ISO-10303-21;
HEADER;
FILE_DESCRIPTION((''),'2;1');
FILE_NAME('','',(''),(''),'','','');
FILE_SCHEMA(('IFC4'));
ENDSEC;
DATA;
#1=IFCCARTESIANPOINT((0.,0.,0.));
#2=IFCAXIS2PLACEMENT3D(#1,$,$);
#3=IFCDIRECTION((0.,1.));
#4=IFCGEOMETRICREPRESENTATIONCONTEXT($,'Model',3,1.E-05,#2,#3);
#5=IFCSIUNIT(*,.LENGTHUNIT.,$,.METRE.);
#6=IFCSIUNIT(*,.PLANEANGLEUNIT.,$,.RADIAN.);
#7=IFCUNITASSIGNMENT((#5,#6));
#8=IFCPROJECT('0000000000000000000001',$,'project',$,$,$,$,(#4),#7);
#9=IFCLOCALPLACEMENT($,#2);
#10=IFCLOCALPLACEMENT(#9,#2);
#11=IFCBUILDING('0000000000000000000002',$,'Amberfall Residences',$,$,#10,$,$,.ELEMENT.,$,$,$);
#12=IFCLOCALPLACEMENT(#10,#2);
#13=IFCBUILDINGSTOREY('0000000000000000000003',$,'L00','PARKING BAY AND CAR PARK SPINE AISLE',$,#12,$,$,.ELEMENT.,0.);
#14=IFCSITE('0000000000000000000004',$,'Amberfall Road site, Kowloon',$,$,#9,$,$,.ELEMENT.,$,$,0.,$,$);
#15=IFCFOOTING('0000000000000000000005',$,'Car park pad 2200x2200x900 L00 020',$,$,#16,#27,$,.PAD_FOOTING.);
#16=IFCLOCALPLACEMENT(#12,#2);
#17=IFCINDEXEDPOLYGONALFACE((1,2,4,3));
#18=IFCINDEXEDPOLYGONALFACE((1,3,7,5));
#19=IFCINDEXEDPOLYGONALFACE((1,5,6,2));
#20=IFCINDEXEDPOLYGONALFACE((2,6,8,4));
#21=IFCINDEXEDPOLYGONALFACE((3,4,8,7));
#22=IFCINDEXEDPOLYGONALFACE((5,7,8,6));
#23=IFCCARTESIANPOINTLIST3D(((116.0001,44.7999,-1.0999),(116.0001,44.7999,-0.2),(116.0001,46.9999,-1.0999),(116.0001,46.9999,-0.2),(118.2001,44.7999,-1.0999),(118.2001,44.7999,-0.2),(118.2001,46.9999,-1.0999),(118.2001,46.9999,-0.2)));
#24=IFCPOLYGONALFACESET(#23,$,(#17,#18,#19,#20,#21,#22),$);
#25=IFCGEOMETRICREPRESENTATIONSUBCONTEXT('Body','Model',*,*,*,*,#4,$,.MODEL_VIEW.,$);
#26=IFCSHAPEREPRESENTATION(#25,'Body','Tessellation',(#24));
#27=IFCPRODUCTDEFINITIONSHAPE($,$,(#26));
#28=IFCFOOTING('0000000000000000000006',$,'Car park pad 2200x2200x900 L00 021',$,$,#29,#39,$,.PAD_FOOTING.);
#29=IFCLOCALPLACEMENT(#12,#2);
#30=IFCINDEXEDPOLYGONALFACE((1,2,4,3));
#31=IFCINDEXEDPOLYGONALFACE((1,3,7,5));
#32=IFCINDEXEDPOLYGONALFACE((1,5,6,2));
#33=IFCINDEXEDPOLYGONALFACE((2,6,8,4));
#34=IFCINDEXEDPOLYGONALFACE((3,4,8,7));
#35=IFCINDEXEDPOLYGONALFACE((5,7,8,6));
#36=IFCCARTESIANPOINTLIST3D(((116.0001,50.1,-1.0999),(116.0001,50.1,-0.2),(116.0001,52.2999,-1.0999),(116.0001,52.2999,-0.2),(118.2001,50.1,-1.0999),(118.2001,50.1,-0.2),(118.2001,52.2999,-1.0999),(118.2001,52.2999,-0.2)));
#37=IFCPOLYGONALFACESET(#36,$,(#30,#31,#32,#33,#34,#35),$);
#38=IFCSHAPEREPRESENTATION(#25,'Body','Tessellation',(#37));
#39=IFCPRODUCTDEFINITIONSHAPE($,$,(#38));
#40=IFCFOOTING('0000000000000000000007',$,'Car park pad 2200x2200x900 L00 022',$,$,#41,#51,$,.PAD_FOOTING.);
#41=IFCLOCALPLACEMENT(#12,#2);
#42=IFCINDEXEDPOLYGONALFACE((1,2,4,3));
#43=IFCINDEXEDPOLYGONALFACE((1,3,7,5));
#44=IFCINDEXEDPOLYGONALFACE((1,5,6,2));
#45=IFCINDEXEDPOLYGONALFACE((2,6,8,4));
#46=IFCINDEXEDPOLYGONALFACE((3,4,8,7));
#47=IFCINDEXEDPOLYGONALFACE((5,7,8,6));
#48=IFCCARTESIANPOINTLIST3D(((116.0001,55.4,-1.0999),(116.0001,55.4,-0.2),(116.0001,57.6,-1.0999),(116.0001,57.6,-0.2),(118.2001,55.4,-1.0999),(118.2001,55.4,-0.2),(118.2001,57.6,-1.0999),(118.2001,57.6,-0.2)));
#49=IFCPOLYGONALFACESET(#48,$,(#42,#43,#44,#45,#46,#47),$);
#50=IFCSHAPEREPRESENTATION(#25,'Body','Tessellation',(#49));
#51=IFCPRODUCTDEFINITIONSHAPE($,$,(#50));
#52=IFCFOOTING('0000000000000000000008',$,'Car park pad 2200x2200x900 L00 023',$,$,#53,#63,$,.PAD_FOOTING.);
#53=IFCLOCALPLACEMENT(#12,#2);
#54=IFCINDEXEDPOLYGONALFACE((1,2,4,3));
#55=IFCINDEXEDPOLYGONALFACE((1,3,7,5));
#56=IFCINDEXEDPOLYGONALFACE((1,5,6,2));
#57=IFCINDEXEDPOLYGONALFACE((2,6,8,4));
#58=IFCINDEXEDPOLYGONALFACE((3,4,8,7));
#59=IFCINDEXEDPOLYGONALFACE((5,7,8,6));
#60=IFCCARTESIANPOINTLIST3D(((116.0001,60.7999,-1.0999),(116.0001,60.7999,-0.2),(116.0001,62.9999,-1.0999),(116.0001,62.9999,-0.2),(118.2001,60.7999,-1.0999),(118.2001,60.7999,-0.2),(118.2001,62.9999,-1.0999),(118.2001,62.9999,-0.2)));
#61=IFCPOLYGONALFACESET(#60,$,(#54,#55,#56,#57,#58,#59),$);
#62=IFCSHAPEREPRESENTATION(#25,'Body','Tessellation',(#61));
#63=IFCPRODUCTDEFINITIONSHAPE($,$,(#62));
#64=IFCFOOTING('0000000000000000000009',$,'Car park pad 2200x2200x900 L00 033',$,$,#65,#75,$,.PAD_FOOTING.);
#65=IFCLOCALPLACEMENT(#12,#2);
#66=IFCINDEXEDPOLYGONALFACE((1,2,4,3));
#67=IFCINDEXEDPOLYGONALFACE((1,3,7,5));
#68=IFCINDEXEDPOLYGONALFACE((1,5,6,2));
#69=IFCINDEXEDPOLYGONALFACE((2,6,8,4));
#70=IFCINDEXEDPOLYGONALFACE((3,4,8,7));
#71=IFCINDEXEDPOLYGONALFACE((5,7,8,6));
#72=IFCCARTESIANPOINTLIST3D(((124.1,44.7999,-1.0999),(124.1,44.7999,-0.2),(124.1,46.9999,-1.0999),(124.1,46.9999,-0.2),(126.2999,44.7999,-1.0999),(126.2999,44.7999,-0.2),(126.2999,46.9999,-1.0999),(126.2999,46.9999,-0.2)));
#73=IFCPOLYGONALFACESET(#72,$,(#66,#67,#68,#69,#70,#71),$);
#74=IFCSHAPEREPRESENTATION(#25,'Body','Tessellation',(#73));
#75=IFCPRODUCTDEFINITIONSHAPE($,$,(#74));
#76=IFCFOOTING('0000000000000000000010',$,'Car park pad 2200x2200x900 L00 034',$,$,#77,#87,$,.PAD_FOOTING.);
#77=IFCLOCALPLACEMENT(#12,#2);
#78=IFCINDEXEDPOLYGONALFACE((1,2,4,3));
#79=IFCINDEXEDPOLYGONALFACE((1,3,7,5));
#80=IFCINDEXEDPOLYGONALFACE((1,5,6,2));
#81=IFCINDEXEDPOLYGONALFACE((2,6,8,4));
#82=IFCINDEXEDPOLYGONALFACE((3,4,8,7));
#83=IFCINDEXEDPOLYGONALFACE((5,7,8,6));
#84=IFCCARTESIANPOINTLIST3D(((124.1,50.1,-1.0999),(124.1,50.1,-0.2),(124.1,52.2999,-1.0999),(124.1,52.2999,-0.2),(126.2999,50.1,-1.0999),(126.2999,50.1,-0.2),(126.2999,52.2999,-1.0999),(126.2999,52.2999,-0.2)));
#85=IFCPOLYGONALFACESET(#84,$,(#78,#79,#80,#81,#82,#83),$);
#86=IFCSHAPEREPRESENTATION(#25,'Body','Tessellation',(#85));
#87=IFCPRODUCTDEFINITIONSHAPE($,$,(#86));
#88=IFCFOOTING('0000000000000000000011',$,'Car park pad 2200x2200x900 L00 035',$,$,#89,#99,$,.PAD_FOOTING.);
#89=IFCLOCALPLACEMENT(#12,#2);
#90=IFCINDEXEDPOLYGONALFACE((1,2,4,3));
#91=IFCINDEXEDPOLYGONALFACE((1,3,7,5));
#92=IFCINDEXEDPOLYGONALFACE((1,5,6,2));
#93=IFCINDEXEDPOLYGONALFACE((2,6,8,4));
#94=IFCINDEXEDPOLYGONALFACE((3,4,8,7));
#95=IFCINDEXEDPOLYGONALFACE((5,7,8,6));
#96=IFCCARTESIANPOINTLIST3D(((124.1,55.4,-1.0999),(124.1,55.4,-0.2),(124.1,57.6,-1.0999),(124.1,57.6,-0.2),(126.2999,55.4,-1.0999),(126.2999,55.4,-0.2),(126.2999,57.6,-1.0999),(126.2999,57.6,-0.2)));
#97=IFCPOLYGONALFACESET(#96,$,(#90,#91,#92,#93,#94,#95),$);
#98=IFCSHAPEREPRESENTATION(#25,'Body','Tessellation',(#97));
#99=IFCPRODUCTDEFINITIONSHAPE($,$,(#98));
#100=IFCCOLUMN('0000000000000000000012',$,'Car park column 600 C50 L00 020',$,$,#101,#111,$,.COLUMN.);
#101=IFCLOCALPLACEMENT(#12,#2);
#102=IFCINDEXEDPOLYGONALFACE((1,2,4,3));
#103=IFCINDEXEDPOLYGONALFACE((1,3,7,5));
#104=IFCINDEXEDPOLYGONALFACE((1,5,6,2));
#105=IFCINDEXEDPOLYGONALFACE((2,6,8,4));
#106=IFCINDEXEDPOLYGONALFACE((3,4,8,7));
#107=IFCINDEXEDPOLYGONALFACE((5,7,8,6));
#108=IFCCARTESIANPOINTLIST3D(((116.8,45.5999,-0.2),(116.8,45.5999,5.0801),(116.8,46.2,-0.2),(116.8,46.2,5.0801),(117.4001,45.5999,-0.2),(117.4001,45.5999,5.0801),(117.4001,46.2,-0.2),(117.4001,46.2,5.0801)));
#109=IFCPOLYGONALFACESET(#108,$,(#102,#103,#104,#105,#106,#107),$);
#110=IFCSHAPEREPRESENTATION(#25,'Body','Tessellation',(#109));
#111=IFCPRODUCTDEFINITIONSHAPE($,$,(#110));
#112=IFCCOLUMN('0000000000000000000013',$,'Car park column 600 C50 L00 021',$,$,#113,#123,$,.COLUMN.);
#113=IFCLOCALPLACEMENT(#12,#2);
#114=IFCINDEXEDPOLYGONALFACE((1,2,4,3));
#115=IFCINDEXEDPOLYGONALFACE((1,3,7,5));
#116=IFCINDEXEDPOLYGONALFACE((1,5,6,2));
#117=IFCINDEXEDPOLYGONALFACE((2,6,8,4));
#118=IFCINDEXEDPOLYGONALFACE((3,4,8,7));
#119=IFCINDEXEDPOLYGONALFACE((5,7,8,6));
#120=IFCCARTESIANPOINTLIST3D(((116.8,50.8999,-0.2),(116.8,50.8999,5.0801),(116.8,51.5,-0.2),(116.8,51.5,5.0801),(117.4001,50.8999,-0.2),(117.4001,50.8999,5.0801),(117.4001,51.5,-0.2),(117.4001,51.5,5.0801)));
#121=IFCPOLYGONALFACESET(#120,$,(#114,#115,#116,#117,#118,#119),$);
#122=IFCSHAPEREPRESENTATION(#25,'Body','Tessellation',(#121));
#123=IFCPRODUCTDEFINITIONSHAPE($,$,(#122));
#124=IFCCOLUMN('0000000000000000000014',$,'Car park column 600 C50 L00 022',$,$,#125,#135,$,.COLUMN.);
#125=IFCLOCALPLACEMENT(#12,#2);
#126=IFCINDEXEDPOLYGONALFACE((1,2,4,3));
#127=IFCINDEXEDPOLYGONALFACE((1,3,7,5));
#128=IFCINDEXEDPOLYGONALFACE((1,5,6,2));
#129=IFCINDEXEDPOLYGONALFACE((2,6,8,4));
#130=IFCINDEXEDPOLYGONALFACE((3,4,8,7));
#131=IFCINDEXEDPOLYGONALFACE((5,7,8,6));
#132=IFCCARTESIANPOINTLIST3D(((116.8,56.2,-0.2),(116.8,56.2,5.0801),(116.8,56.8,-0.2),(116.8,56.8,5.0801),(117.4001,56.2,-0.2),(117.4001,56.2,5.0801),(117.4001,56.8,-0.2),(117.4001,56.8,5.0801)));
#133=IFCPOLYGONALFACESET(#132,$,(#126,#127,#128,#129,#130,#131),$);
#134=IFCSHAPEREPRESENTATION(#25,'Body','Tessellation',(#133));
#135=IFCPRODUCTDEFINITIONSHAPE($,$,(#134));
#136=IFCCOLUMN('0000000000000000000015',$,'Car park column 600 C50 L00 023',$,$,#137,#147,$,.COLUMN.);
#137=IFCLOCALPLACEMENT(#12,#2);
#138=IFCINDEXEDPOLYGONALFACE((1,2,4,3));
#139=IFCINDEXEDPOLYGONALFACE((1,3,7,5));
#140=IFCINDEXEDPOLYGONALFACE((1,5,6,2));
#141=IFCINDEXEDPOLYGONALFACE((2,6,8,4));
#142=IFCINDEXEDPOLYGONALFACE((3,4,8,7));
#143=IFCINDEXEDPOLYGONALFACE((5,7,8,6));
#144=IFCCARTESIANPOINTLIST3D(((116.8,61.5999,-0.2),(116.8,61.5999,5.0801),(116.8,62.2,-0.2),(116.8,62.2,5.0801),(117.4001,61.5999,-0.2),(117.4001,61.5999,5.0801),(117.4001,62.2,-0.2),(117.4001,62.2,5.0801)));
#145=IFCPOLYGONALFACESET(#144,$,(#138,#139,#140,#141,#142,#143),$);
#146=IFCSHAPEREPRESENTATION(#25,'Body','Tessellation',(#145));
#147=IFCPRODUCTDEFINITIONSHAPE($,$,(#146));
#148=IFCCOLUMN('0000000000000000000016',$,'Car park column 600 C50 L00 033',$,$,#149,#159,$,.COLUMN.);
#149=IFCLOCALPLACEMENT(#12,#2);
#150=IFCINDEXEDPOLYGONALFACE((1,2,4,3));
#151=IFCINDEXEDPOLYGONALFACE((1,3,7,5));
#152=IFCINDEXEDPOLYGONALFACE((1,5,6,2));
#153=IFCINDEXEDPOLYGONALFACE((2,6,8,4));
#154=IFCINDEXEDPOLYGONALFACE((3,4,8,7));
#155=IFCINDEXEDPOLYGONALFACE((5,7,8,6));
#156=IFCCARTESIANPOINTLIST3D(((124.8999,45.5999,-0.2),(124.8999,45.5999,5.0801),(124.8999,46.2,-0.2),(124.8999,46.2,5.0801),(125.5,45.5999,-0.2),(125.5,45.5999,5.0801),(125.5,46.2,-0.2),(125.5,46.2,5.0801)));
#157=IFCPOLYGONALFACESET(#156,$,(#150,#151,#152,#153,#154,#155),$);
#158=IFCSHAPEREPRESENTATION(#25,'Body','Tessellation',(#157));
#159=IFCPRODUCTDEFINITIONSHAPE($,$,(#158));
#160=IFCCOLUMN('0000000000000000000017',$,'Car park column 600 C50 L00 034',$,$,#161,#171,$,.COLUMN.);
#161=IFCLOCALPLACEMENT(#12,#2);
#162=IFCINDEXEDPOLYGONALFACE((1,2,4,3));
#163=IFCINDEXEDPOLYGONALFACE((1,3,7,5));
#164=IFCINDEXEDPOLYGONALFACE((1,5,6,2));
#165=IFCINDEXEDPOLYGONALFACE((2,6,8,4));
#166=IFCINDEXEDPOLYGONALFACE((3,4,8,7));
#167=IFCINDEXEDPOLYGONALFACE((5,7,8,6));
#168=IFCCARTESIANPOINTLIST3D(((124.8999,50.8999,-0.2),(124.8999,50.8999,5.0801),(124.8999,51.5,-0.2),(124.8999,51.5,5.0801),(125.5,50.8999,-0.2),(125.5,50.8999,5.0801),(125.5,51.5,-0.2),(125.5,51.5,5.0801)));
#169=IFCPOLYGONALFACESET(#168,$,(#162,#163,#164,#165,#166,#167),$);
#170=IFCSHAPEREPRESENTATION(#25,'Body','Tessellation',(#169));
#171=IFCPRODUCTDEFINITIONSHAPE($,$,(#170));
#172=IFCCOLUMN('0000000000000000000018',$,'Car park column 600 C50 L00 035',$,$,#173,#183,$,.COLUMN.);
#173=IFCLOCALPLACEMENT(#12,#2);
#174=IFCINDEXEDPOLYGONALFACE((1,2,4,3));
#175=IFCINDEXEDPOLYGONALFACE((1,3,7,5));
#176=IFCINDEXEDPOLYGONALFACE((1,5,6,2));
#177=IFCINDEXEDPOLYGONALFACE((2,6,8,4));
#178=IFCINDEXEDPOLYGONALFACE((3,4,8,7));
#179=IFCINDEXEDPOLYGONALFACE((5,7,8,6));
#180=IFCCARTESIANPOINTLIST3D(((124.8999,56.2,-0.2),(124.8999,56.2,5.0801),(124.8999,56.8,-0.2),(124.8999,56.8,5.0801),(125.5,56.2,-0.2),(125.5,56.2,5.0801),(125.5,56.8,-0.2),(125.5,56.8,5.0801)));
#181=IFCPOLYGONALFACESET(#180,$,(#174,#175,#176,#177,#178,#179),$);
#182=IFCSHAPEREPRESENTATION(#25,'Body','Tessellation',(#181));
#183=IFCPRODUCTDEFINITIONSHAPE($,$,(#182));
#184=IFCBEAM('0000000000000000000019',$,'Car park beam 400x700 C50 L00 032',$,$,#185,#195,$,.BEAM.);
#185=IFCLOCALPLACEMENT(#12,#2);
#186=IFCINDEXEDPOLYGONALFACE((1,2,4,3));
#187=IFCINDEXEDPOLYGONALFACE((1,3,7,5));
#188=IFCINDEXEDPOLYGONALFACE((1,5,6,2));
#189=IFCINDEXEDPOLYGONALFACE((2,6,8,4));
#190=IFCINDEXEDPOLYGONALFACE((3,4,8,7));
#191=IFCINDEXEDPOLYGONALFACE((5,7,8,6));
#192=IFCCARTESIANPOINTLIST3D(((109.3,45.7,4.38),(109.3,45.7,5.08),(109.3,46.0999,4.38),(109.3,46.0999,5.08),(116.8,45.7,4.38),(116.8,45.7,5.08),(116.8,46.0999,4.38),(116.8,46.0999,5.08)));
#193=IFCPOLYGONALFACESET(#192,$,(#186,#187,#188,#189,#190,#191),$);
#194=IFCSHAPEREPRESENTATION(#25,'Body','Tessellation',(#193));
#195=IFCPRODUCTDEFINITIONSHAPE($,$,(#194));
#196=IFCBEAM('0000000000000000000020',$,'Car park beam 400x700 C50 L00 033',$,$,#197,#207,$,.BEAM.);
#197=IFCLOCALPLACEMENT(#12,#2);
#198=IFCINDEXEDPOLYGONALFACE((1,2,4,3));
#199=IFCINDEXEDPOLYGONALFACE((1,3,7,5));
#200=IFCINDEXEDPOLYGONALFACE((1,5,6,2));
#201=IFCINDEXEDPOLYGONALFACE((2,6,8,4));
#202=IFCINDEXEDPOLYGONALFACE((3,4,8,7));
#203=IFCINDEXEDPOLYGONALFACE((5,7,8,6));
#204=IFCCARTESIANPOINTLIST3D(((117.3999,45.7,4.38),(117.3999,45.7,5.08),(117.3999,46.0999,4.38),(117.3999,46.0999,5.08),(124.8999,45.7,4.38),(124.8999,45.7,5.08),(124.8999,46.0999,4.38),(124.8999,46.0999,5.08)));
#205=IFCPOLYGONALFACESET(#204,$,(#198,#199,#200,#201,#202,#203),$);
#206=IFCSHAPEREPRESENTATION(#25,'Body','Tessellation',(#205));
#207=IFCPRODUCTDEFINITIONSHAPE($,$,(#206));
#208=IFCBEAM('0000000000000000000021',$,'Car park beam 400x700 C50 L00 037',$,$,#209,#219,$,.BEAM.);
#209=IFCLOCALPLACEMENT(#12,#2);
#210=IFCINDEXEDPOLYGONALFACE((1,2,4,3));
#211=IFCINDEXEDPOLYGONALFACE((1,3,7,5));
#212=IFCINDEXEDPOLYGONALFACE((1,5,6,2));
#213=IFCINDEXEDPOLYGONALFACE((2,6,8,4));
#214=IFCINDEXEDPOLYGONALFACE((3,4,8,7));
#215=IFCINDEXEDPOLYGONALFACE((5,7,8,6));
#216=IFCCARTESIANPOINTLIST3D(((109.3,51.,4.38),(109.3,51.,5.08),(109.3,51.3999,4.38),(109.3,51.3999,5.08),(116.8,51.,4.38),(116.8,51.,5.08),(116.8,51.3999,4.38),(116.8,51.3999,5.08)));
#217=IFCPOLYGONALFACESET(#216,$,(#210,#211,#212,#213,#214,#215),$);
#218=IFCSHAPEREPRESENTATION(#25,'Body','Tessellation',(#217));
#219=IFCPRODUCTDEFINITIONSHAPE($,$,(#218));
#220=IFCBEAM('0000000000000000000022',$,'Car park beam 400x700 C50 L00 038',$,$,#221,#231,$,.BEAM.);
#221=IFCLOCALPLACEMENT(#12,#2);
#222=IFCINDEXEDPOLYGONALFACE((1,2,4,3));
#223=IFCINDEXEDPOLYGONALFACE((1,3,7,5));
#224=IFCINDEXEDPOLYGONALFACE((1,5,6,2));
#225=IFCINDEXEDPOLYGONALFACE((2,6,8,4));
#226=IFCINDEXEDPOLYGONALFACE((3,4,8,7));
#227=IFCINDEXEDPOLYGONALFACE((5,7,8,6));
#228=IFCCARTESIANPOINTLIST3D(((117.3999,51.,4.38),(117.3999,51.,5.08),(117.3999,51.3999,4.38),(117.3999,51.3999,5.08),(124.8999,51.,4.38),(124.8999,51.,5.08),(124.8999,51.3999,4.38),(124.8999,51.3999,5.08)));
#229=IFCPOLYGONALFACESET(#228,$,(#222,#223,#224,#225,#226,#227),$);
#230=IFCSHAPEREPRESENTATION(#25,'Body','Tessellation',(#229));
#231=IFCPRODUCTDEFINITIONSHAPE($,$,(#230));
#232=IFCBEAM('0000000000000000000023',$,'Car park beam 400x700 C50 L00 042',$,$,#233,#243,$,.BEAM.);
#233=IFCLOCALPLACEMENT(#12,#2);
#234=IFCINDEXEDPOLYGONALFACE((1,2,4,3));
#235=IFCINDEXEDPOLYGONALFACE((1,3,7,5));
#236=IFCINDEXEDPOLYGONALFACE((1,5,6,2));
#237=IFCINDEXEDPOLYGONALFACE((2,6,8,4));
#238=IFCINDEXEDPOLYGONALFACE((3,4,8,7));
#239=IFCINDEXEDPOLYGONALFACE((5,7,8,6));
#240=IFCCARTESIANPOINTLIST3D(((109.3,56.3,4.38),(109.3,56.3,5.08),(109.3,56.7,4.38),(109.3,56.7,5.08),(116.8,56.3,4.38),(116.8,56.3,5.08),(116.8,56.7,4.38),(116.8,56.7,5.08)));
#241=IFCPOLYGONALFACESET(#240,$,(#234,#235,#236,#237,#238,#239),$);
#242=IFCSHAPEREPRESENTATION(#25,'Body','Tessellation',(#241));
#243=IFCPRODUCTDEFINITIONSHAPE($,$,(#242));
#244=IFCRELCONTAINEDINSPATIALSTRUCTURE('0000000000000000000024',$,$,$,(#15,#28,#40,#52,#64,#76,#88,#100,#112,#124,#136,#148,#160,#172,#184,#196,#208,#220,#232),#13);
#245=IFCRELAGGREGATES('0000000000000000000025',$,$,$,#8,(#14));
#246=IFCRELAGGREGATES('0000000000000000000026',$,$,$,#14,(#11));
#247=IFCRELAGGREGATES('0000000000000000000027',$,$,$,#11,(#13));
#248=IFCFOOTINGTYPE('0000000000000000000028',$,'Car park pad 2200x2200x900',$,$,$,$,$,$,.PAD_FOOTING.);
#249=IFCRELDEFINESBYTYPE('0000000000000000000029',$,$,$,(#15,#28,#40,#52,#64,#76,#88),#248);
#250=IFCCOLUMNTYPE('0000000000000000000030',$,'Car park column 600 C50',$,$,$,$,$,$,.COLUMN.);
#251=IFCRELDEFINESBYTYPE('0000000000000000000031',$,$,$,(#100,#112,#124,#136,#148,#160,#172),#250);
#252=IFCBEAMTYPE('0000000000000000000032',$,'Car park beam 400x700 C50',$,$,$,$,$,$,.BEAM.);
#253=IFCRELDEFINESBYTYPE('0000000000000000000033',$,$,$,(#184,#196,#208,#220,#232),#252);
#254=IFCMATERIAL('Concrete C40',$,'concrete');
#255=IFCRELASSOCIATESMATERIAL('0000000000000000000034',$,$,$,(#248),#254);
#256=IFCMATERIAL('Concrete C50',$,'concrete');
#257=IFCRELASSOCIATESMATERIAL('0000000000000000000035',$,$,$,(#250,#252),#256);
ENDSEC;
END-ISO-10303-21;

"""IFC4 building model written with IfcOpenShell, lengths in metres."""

from ifc_helpers import new_model, si_unit, direction, frame, origin, origin_2d, place, context, subcontext, project, spatial, rectangle, extrude, material, material_profile, profile_set, type_object, element, save


model = new_model("IFC4")

# Units and contexts
model_context = context("Model", 3, precision=1e-05, world=origin(), true_north=direction((0.0, 1.0)))
body_context = subcontext(model_context, "Body", "Model", "MODEL_VIEW")
ifc_project = project(units=[si_unit("LENGTHUNIT", "METRE"), si_unit("PLANEANGLEUNIT", "RADIAN")], contexts=[model_context])

# Site, building, storey
site_placement = place(None, origin())
site = spatial("IfcSite", under=ifc_project, at=site_placement, Name="Amberfall Road site, Kowloon", CompositionType="ELEMENT", RefElevation=0.0)
building_placement = place(site_placement, origin())
building = spatial("IfcBuilding", under=site, at=building_placement, Name="Amberfall Residences", CompositionType="ELEMENT")
storey_placement = place(building_placement, origin())
storey = spatial("IfcBuildingStorey", under=building, at=storey_placement, Name="L00", Description="PARKING BAY AND CAR PARK SPINE AISLE", CompositionType="ELEMENT", Elevation=0.0)

# Footings
ifc_material_1 = material(Name="Concrete C40", Category="concrete")
footing_type = type_object("IfcFootingType", Name="Car park pad 2200x2200x900", PredefinedType="PAD_FOOTING", material=ifc_material_1)
for number, where, z_axis, x_axis, name in (
    (1, (117.1001, 45.8999, -1.0999), (0.0, 0.0, 1.0), (1.0, 0.0, 0.0), "Car park pad 2200x2200x900 L00 020"),
    (2, (117.1001, 51.2, -1.0999), (0.0, 0.0, 1.0), (1.0, 0.0, 0.0), "Car park pad 2200x2200x900 L00 021"),
    (3, (117.1001, 56.5, -1.0999), (0.0, 0.0, 1.0), (1.0, 0.0, 0.0), "Car park pad 2200x2200x900 L00 022"),
    (4, (117.1001, 61.8999, -1.0999), (0.0, 0.0, 1.0), (1.0, 0.0, 0.0), "Car park pad 2200x2200x900 L00 023"),
    (5, (125.2, 45.8999, -1.0999), (0.0, 0.0, 1.0), (1.0, 0.0, 0.0), "Car park pad 2200x2200x900 L00 033"),
    (6, (125.2, 51.2, -1.0999), (0.0, 0.0, 1.0), (1.0, 0.0, 0.0), "Car park pad 2200x2200x900 L00 034"),
    (7, (125.2, 56.5, -1.0999), (0.0, 0.0, 1.0), (1.0, 0.0, 0.0), "Car park pad 2200x2200x900 L00 035"),
):
    element("IfcFooting", number, at=place(storey_placement, frame(where, z_axis=z_axis, x_axis=x_axis)), inside=storey, type_object=footing_type, Name=name, PredefinedType="PAD_FOOTING", context=body_context, shape_type="SweptSolid", body=[
        extrude(rectangle(XDim=2.2, YDim=2.2, at=origin_2d()), origin(), (0.0, 0.0, 1.0), 0.8999),
    ])

# Columns
ifc_material_2 = material(Name="Concrete C50", Category="concrete")
ifc_material_profile_1 = material_profile(ifc_material_2, rectangle(XDim=0.6001, YDim=0.6001, at=origin_2d()), Name="RC 600x600")
ifc_profile_set_1 = profile_set([ifc_material_profile_1], Name="Concrete C50")
column_type = type_object("IfcColumnType", Name="Car park column 600 C50", PredefinedType="COLUMN", material=ifc_profile_set_1)
for number, where, z_axis, x_axis, name in (
    (8, (117.1001, 45.8999, -0.2), (0.0, 0.0, 1.0), (1.0, 0.0, 0.0), "Car park column 600 C50 L00 020"),
    (9, (117.1001, 51.2, -0.2), (0.0, 0.0, 1.0), (1.0, 0.0, 0.0), "Car park column 600 C50 L00 021"),
    (10, (117.1001, 56.5, -0.2), (0.0, 0.0, 1.0), (1.0, 0.0, 0.0), "Car park column 600 C50 L00 022"),
    (11, (117.1001, 61.8999, -0.2), (0.0, 0.0, 1.0), (1.0, 0.0, 0.0), "Car park column 600 C50 L00 023"),
    (12, (125.2, 45.8999, -0.2), (0.0, 0.0, 1.0), (1.0, 0.0, 0.0), "Car park column 600 C50 L00 033"),
    (13, (125.2, 51.2, -0.2), (0.0, 0.0, 1.0), (1.0, 0.0, 0.0), "Car park column 600 C50 L00 034"),
    (14, (125.2, 56.5, -0.2), (0.0, 0.0, 1.0), (1.0, 0.0, 0.0), "Car park column 600 C50 L00 035"),
):
    element("IfcColumn", number, at=place(storey_placement, frame(where, z_axis=z_axis, x_axis=x_axis)), inside=storey, type_object=column_type, Name=name, PredefinedType="COLUMN", context=body_context, shape_type="SweptSolid", body=[
        extrude(rectangle(XDim=0.6001, YDim=0.6001, at=origin_2d()), origin(), (0.0, 0.0, 1.0), 5.28),
    ])

# Beams
ifc_material_profile_2 = material_profile(ifc_material_2, rectangle(XDim=0.3999, YDim=0.7, at=origin_2d()), Name="RC 400x700")
ifc_profile_set_2 = profile_set([ifc_material_profile_2], Name="Concrete C50")
beam_type = type_object("IfcBeamType", Name="Car park beam 400x700 C50", PredefinedType="BEAM", material=ifc_profile_set_2)
for number, where, z_axis, x_axis, name in (
    (15, (109.3, 45.8999, 4.73), (1.0, 0.0, 0.0), (0.0, 1.0, 0.0), "Car park beam 400x700 C50 L00 032"),
    (16, (117.3999, 45.8999, 4.73), (1.0, 0.0, 0.0), (0.0, 1.0, 0.0), "Car park beam 400x700 C50 L00 033"),
    (17, (109.3, 51.2, 4.73), (1.0, 0.0, 0.0), (0.0, 1.0, 0.0), "Car park beam 400x700 C50 L00 037"),
    (18, (117.3999, 51.2, 4.73), (1.0, 0.0, 0.0), (0.0, 1.0, 0.0), "Car park beam 400x700 C50 L00 038"),
    (19, (109.3, 56.5, 4.73), (1.0, 0.0, 0.0), (0.0, 1.0, 0.0), "Car park beam 400x700 C50 L00 042"),
):
    element("IfcBeam", number, at=place(storey_placement, frame(where, z_axis=z_axis, x_axis=x_axis)), inside=storey, type_object=beam_type, Name=name, PredefinedType="BEAM", context=body_context, shape_type="SweptSolid", body=[
        extrude(rectangle(XDim=0.3999, YDim=0.7, at=origin_2d()), origin(), (0.0, 0.0, 1.0), 7.5),
    ])

save(model, "model.ifc")
